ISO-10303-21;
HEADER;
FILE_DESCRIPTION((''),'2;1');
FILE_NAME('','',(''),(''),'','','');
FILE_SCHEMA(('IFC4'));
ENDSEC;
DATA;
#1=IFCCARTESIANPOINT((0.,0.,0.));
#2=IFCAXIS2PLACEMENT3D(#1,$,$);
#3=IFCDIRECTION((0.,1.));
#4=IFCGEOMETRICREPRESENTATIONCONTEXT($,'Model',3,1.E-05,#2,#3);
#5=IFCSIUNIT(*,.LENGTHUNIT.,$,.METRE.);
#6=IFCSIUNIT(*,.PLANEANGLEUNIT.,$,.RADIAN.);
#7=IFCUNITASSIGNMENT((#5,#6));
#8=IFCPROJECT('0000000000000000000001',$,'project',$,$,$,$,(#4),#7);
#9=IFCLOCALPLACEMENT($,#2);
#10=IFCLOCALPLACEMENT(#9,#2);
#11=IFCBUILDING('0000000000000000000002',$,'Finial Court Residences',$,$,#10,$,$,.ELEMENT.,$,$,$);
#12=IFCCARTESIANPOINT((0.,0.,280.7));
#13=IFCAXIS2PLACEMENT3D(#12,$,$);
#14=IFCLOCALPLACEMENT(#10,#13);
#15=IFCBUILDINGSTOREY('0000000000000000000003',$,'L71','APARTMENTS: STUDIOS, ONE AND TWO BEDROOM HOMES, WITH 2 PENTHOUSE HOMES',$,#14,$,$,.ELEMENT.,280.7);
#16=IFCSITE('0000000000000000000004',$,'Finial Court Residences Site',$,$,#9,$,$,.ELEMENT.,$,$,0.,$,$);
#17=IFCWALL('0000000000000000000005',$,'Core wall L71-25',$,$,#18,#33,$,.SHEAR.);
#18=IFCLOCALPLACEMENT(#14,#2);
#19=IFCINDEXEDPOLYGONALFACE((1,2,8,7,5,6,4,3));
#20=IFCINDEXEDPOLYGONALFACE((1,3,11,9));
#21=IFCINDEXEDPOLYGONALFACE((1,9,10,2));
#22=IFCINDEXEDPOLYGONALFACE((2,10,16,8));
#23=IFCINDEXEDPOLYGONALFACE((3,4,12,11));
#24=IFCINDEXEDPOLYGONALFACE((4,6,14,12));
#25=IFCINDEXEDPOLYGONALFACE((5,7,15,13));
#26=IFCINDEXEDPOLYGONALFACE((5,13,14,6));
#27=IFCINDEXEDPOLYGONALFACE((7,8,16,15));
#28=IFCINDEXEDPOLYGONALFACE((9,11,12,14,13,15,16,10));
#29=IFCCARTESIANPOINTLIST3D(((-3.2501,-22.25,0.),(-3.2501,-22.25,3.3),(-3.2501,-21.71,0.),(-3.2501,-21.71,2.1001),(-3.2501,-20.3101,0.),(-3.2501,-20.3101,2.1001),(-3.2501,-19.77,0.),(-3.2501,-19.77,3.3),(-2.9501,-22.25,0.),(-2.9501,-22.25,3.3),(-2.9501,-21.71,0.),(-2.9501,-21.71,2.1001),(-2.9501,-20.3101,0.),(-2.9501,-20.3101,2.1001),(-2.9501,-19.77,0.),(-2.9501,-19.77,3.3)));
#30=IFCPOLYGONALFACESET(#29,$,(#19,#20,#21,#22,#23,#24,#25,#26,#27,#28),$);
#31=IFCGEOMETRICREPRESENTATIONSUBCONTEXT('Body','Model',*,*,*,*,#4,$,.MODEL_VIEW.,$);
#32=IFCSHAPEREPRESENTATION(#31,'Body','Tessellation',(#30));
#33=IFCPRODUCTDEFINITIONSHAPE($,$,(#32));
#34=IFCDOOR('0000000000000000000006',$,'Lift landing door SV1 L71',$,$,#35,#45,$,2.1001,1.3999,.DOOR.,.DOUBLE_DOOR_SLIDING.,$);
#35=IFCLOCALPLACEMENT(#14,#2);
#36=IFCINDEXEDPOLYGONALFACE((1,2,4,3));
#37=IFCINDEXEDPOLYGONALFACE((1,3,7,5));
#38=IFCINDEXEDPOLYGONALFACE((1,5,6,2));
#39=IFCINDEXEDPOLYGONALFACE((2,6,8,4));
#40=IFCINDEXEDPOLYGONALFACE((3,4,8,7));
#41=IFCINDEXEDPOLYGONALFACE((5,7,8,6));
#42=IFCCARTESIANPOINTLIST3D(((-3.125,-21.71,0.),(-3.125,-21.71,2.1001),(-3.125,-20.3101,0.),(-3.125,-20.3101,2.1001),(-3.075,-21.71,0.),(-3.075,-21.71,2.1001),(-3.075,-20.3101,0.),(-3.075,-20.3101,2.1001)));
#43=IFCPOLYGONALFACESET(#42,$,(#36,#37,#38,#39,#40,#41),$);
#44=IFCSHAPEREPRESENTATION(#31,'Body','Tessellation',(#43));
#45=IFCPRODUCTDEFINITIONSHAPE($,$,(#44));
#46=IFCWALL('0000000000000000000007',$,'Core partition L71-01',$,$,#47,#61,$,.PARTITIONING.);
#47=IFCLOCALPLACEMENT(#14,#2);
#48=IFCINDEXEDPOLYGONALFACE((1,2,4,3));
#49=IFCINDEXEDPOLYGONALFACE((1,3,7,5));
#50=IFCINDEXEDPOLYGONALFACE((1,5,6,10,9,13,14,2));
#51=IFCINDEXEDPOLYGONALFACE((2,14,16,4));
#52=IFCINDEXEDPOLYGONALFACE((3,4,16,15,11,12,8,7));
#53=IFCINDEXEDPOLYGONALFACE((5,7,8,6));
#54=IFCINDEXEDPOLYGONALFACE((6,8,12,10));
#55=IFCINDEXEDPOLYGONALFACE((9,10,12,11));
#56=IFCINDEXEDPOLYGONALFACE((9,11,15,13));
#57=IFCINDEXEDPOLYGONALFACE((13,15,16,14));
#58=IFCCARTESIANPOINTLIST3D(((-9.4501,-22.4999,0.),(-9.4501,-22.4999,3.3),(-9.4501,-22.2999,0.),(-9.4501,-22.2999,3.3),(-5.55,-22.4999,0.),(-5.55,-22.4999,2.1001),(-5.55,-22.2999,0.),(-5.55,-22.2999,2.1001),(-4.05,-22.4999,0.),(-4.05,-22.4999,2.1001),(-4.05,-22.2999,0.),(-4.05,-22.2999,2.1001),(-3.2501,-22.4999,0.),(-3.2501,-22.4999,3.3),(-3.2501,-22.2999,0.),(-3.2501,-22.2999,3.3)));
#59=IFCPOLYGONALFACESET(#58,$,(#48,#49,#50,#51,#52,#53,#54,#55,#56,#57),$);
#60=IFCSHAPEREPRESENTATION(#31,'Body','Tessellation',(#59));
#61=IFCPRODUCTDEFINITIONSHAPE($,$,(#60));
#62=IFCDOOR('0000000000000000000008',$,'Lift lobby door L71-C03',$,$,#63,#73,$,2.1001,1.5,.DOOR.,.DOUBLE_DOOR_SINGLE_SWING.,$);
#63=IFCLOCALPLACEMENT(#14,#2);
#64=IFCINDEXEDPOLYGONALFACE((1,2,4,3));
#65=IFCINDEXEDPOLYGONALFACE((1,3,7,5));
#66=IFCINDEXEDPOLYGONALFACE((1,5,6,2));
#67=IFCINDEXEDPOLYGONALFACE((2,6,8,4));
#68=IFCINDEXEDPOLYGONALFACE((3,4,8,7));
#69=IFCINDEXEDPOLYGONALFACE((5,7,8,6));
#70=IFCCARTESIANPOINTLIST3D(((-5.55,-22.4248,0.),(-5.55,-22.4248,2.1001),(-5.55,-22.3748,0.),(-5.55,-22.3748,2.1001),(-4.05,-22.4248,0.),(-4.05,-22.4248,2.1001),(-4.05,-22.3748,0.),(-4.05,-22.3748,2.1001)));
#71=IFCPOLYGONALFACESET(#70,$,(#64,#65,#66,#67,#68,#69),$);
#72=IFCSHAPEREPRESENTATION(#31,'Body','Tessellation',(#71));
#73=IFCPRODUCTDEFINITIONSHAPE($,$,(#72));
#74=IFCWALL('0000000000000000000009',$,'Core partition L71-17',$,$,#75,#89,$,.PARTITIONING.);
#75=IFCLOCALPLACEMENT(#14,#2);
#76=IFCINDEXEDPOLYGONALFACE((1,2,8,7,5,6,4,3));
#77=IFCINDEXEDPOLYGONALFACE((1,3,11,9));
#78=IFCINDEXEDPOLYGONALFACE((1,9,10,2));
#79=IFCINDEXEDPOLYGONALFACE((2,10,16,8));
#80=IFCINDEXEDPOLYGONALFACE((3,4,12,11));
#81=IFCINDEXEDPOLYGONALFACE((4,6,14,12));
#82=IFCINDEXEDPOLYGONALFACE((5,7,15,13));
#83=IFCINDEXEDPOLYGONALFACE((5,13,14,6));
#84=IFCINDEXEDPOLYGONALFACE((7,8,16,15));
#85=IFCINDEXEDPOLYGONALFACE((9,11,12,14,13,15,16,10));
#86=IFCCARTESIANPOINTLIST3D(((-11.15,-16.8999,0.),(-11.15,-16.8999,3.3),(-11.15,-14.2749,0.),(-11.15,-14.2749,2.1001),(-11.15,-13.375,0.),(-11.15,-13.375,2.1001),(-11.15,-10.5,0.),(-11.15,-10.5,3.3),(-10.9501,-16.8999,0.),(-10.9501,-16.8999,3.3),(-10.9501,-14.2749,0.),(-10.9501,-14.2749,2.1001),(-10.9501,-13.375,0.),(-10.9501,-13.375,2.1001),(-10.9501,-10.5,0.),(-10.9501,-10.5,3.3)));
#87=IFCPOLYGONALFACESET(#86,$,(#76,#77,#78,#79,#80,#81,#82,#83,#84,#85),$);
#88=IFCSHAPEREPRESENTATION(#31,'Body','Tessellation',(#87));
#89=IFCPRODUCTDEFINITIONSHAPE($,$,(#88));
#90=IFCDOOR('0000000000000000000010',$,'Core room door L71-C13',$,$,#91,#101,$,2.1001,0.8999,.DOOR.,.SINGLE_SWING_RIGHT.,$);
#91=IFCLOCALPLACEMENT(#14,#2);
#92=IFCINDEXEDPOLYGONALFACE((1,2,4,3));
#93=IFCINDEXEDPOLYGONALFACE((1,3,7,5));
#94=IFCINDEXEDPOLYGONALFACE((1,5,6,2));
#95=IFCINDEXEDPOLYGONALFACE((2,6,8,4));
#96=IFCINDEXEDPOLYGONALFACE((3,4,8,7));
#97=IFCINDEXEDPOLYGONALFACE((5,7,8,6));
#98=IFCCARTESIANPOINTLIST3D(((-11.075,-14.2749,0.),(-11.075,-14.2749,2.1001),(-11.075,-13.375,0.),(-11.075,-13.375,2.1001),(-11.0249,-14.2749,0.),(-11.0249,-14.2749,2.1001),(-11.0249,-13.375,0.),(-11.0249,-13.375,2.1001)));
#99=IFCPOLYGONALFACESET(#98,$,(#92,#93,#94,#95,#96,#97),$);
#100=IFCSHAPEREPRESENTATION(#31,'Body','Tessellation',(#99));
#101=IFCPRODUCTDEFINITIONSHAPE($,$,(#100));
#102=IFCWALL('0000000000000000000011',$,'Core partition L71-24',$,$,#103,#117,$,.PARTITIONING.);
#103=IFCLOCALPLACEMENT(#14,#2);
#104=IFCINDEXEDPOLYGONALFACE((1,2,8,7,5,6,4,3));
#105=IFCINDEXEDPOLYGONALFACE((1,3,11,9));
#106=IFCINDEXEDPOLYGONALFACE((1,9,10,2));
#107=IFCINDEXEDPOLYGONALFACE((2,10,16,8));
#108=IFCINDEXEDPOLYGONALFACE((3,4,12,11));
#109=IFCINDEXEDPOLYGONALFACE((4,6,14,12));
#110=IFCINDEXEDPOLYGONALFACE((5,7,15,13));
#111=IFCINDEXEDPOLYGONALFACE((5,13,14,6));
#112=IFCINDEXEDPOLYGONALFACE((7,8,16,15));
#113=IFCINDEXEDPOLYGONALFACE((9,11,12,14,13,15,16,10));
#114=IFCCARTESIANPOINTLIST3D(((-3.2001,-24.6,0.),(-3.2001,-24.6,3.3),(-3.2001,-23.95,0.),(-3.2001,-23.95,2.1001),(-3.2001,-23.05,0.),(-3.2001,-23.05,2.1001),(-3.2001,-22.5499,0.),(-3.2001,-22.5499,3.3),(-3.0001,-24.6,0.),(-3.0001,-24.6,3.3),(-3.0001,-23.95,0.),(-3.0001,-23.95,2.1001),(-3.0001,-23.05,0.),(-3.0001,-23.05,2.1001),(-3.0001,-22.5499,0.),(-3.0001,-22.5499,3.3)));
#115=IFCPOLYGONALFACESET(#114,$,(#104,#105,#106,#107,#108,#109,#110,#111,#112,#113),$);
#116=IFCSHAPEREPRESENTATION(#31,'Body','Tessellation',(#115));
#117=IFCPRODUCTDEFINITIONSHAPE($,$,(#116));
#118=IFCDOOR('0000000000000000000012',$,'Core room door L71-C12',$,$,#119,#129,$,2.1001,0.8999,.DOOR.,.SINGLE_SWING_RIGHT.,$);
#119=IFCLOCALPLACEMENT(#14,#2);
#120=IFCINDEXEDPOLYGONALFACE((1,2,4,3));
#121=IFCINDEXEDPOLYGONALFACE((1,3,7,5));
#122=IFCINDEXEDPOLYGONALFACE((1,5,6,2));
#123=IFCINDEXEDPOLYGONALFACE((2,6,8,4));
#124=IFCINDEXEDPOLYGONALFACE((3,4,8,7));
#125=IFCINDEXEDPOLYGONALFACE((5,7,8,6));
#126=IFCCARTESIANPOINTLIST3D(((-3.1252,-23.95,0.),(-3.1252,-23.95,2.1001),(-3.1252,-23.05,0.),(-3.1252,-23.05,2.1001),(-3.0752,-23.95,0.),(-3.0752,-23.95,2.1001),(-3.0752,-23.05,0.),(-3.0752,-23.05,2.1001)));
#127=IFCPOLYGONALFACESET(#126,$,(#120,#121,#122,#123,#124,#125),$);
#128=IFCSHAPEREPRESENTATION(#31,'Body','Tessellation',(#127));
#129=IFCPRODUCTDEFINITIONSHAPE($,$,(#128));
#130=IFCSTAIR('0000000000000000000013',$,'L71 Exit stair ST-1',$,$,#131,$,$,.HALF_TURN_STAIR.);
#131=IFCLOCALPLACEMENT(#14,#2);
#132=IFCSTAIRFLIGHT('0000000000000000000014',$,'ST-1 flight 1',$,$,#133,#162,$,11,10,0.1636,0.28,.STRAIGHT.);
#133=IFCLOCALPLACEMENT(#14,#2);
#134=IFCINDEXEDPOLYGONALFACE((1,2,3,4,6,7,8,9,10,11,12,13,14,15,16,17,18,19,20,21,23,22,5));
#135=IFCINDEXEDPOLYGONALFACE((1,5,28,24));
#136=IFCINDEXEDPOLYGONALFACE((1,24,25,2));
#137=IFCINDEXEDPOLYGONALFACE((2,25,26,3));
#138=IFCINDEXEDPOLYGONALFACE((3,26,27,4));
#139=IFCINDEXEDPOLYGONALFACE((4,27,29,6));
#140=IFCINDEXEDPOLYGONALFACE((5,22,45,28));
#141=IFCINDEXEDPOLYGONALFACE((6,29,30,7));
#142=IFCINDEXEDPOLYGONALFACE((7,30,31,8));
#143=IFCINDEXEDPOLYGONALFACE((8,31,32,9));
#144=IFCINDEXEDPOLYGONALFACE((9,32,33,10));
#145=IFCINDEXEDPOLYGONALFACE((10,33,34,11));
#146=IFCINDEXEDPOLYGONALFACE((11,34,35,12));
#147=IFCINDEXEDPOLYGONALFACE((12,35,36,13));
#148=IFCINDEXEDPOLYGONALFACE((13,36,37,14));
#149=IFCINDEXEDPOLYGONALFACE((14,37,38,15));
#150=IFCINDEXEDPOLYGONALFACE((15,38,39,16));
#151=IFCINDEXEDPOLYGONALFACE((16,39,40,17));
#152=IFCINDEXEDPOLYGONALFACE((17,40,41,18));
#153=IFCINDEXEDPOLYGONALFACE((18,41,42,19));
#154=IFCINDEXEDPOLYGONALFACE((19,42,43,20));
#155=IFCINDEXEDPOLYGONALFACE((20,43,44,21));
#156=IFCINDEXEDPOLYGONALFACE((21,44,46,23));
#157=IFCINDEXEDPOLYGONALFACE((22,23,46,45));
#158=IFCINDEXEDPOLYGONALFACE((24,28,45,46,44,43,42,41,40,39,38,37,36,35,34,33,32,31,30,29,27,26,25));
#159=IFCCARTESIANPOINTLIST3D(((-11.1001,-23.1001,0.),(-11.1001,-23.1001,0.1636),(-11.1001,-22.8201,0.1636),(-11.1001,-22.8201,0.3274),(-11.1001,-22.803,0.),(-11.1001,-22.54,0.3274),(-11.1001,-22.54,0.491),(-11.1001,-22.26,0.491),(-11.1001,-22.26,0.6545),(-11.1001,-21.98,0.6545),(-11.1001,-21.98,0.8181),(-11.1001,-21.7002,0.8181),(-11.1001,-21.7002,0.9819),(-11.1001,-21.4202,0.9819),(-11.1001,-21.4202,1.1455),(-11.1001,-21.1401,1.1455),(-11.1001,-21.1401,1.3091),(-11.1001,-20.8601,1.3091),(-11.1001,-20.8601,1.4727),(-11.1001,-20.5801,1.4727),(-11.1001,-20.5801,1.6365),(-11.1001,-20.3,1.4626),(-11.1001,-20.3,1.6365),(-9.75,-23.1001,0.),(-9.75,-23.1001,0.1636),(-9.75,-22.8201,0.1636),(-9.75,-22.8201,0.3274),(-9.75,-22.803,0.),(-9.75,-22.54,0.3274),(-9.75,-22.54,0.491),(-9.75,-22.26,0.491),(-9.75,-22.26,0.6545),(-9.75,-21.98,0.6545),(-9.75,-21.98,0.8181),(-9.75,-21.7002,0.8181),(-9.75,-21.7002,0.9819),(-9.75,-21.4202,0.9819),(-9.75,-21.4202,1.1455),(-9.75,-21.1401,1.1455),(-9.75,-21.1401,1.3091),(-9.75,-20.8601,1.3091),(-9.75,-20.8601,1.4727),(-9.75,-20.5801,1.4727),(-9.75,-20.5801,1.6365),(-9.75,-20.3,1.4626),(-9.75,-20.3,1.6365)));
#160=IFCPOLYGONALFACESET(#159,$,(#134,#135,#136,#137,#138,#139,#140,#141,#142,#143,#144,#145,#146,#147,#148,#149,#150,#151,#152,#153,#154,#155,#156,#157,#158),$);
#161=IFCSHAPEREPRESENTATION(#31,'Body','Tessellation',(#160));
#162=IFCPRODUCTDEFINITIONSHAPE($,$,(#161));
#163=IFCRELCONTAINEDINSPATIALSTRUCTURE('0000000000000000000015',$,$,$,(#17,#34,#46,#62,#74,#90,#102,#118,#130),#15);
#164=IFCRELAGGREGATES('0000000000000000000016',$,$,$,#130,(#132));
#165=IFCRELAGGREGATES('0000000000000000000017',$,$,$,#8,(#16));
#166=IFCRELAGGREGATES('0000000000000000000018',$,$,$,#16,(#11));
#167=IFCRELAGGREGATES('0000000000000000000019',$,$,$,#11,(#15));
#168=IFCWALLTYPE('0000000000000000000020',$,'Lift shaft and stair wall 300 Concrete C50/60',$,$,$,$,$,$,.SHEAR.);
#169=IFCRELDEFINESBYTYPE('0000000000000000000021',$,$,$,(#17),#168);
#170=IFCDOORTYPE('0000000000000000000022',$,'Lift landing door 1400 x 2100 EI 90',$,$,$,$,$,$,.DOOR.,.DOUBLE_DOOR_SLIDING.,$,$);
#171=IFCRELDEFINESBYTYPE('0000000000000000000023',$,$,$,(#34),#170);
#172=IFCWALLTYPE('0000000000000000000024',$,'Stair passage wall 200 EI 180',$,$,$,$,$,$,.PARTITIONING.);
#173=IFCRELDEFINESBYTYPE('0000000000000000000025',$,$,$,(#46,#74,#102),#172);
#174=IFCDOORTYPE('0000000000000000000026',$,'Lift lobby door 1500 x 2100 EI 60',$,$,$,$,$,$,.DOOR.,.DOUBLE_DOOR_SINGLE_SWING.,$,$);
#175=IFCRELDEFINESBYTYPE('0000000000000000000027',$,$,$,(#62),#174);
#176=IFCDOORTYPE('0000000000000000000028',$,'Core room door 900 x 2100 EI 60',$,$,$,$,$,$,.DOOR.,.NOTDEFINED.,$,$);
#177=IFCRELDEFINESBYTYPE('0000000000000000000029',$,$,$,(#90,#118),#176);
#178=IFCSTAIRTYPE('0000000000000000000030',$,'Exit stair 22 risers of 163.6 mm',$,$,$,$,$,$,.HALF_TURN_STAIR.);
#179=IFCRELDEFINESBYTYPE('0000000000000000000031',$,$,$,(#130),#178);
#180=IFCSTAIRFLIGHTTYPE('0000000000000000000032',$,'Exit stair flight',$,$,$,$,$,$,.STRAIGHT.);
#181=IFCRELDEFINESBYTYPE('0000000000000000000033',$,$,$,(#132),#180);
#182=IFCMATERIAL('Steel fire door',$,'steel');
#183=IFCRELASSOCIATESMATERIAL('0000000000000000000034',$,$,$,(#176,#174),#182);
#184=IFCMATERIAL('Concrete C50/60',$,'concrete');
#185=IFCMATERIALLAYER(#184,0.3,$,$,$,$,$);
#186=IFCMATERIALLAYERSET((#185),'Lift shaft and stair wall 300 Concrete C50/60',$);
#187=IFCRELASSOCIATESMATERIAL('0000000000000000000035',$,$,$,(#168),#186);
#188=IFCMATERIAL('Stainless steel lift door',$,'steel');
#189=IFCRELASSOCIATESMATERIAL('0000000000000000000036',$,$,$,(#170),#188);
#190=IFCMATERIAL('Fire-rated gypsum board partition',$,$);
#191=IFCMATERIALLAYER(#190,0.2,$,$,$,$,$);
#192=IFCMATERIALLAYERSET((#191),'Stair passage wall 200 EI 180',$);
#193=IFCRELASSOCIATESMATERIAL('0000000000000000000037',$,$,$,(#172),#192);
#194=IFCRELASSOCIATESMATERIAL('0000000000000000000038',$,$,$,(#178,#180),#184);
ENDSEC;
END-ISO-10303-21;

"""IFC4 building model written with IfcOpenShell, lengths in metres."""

from ifc_helpers import new_model, si_unit, direction, frame, frame_2d, origin, place, context, subcontext, project, spatial, polyline, rectangle, outline, extrude, material, layer, layer_set, type_object, element, fill, aggregate, save


model = new_model("IFC4")

# Units and contexts
model_context = context("Model", 3, precision=1e-05, world=origin(), true_north=direction((0.0, 1.0)))
body_context = subcontext(model_context, "Body", "Model", "MODEL_VIEW")
ifc_project = project(units=[si_unit("LENGTHUNIT", "METRE"), si_unit("PLANEANGLEUNIT", "RADIAN")], contexts=[model_context])

# Site, building, storey
site_placement = place(None, origin())
site = spatial("IfcSite", under=ifc_project, at=site_placement, Name="Finial Court Residences Site", CompositionType="ELEMENT", RefElevation=0.0)
building_placement = place(site_placement, origin())
building = spatial("IfcBuilding", under=site, at=building_placement, Name="Finial Court Residences", CompositionType="ELEMENT")
storey_placement = place(building_placement, frame((0.0, 0.0, 280.7)))
storey = spatial("IfcBuildingStorey", under=building, at=storey_placement, Name="L71", Description="APARTMENTS: STUDIOS, ONE AND TWO BEDROOM HOMES, WITH 2 PENTHOUSE HOMES", CompositionType="ELEMENT", Elevation=280.7)

# Shared definitions
ifc_material_1 = material(Name="Concrete C50/60", Category="concrete")

# Shared definitions
ifc_material_2 = material(Name="Fire-rated gypsum board partition")
ifc_material_3 = material(Name="Steel fire door", Category="steel")
door_type_1 = type_object("IfcDoorType", Name="Core room door 900 x 2100 EI 60", OperationType="NOTDEFINED", PredefinedType="DOOR", material=ifc_material_3)

# Shared definitions
ifc_layer_1 = layer(ifc_material_1, 0.3)
ifc_layer_set_1 = layer_set([ifc_layer_1], Name="Lift shaft and stair wall 300 Concrete C50/60")
wall_type_1 = type_object("IfcWallType", Name="Lift shaft and stair wall 300 Concrete C50/60", PredefinedType="SHEAR", material=ifc_layer_set_1)

# Walls, openings, doors
wall_1_placement = place(storey_placement, frame((-3.1001, -22.25, 0.0), z_axis=(0.0, 0.0, 1.0), x_axis=(0.0, 1.0, 0.0)))
wall_1 = element("IfcWall", 1, at=wall_1_placement, inside=storey, type_object=wall_type_1, Name="Core wall L71-25", PredefinedType="SHEAR", context=body_context, shape_type="SweptSolid", body=[
    extrude(rectangle(XDim=2.48, YDim=0.3, at=frame_2d((1.24, 0.0))), origin(), (0.0, 0.0, 1.0), 3.3),
])
opening_1_placement = place(wall_1_placement, frame((0.54, 0.0, 0.0)))
opening_1 = element("IfcOpeningElement", 2, at=opening_1_placement, cuts=wall_1, PredefinedType="OPENING", context=body_context, shape_type="SweptSolid", body=[
    extrude(rectangle(XDim=1.3999, YDim=2.1001, at=frame_2d((0.7, 1.05))), frame((0.0, 0.1599, 0.0), z_axis=(0.0, -1.0, 0.0), x_axis=(1.0, 0.0, 0.0)), (0.0, 0.0, 1.0), 0.3201),
])
ifc_material_4 = material(Name="Stainless steel lift door", Category="steel")
door_type_2 = type_object("IfcDoorType", Name="Lift landing door 1400 x 2100 EI 90", OperationType="DOUBLE_DOOR_SLIDING", PredefinedType="DOOR", material=ifc_material_4)
door_1_placement = place(opening_1_placement, origin())
door_1 = element("IfcDoor", 3, at=door_1_placement, inside=storey, type_object=door_type_2, Name="Lift landing door SV1 L71", OperationType="DOUBLE_DOOR_SLIDING", OverallHeight=2.1001, OverallWidth=1.3999, PredefinedType="DOOR", context=body_context, shape_type="SweptSolid", body=[
    extrude(rectangle(XDim=1.3999, YDim=2.1001, at=frame_2d((0.7, 1.05))), frame((0.0, 0.0249, 0.0), z_axis=(0.0, -1.0, 0.0), x_axis=(1.0, 0.0, 0.0)), (0.0, 0.0, 1.0), 0.05),
])
fill(opening_1, door_1)
ifc_layer_2 = layer(ifc_material_2, 0.2)
ifc_layer_set_2 = layer_set([ifc_layer_2], Name="Stair passage wall 200 EI 180")
wall_type_2 = type_object("IfcWallType", Name="Stair passage wall 200 EI 180", PredefinedType="PARTITIONING", material=ifc_layer_set_2)
wall_2_placement = place(storey_placement, frame((-3.25, -22.3999, 0.0), z_axis=(0.0, 0.0, 1.0), x_axis=(-1.0, 0.0, 0.0)))
wall_2 = element("IfcWall", 4, at=wall_2_placement, inside=storey, type_object=wall_type_2, Name="Core partition L71-01", PredefinedType="PARTITIONING", context=body_context, shape_type="SweptSolid", body=[
    extrude(rectangle(XDim=6.2, YDim=0.2, at=frame_2d((3.1001, 0.0))), origin(), (0.0, 0.0, 1.0), 3.3),
])
opening_2_placement = place(wall_2_placement, frame((0.8, 0.0, 0.0)))
opening_2 = element("IfcOpeningElement", 5, at=opening_2_placement, cuts=wall_2, PredefinedType="OPENING", context=body_context, shape_type="SweptSolid", body=[
    extrude(rectangle(XDim=1.5, YDim=2.1001, at=frame_2d((0.75, 1.05))), frame((0.0, 0.1099, 0.0), z_axis=(0.0, -1.0, 0.0), x_axis=(1.0, 0.0, 0.0)), (0.0, 0.0, 1.0), 0.22),
])
door_type_3 = type_object("IfcDoorType", Name="Lift lobby door 1500 x 2100 EI 60", OperationType="DOUBLE_DOOR_SINGLE_SWING", PredefinedType="DOOR", material=ifc_material_3)
door_2_placement = place(opening_2_placement, origin())
door_2 = element("IfcDoor", 6, at=door_2_placement, inside=storey, type_object=door_type_3, Name="Lift lobby door L71-C03", OperationType="DOUBLE_DOOR_SINGLE_SWING", OverallHeight=2.1001, OverallWidth=1.5, PredefinedType="DOOR", context=body_context, shape_type="SweptSolid", body=[
    extrude(rectangle(XDim=1.5, YDim=2.1001, at=frame_2d((0.75, 1.05))), frame((0.0, 0.0249, 0.0), z_axis=(0.0, -1.0, 0.0), x_axis=(1.0, 0.0, 0.0)), (0.0, 0.0, 1.0), 0.05),
])
fill(opening_2, door_2)
wall_3_placement = place(storey_placement, frame((-11.05, -16.8999, 0.0), z_axis=(0.0, 0.0, 1.0), x_axis=(0.0, 1.0, 0.0)))
wall_3 = element("IfcWall", 7, at=wall_3_placement, inside=storey, type_object=wall_type_2, Name="Core partition L71-17", PredefinedType="PARTITIONING", context=body_context, shape_type="SweptSolid", body=[
    extrude(rectangle(XDim=6.3999, YDim=0.2, at=frame_2d((3.2, 0.0))), origin(), (0.0, 0.0, 1.0), 3.3),
])
opening_3_placement = place(wall_3_placement, frame((2.625, 0.0, 0.0)))
opening_3 = element("IfcOpeningElement", 8, at=opening_3_placement, cuts=wall_3, PredefinedType="OPENING", context=body_context, shape_type="SweptSolid", body=[
    extrude(rectangle(XDim=0.8999, YDim=2.1001, at=frame_2d((0.45, 1.05))), frame((0.0, 0.1099, 0.0), z_axis=(0.0, -1.0, 0.0), x_axis=(1.0, 0.0, 0.0)), (0.0, 0.0, 1.0), 0.22),
])
door_3_placement = place(opening_3_placement, origin())
door_3 = element("IfcDoor", 9, at=door_3_placement, inside=storey, type_object=door_type_1, Name="Core room door L71-C13", OperationType="SINGLE_SWING_RIGHT", OverallHeight=2.1001, OverallWidth=0.8999, PredefinedType="DOOR", context=body_context, shape_type="SweptSolid", body=[
    extrude(rectangle(XDim=0.8999, YDim=2.1001, at=frame_2d((0.45, 1.05))), frame((0.0, 0.0249, 0.0), z_axis=(0.0, -1.0, 0.0), x_axis=(1.0, 0.0, 0.0)), (0.0, 0.0, 1.0), 0.05),
])
fill(opening_3, door_3)
wall_4_placement = place(storey_placement, frame((-3.1001, -22.55, 0.0), z_axis=(0.0, 0.0, 1.0), x_axis=(0.0, -1.0, 0.0)))
wall_4 = element("IfcWall", 10, at=wall_4_placement, inside=storey, type_object=wall_type_2, Name="Core partition L71-24", PredefinedType="PARTITIONING", context=body_context, shape_type="SweptSolid", body=[
    extrude(rectangle(XDim=2.05, YDim=0.2, at=frame_2d((1.0249, 0.0))), origin(), (0.0, 0.0, 1.0), 3.3),
])
opening_4_placement = place(wall_4_placement, frame((0.5, 0.0, 0.0)))
opening_4 = element("IfcOpeningElement", 11, at=opening_4_placement, cuts=wall_4, PredefinedType="OPENING", context=body_context, shape_type="SweptSolid", body=[
    extrude(rectangle(XDim=0.8999, YDim=2.1001, at=frame_2d((0.45, 1.05))), frame((0.0, 0.1099, 0.0), z_axis=(0.0, -1.0, 0.0), x_axis=(1.0, 0.0, 0.0)), (0.0, 0.0, 1.0), 0.22),
])
door_4_placement = place(opening_4_placement, origin())
door_4 = element("IfcDoor", 12, at=door_4_placement, inside=storey, type_object=door_type_1, Name="Core room door L71-C12", OperationType="SINGLE_SWING_RIGHT", OverallHeight=2.1001, OverallWidth=0.8999, PredefinedType="DOOR", context=body_context, shape_type="SweptSolid", body=[
    extrude(rectangle(XDim=0.8999, YDim=2.1001, at=frame_2d((0.45, 1.05))), frame((0.0, 0.0249, 0.0), z_axis=(0.0, -1.0, 0.0), x_axis=(1.0, 0.0, 0.0)), (0.0, 0.0, 1.0), 0.05),
])
fill(opening_4, door_4)

# Stair, stair flight
stair_type = type_object("IfcStairType", Name="Exit stair 22 risers of 163.6 mm", PredefinedType="HALF_TURN_STAIR", material=ifc_material_1)
stair_placement = place(storey_placement, origin())
stair = element("IfcStair", 13, at=stair_placement, inside=storey, type_object=stair_type, Name="L71 Exit stair ST-1", PredefinedType="HALF_TURN_STAIR")
stair_flight_type = type_object("IfcStairFlightType", Name="Exit stair flight", PredefinedType="STRAIGHT", material=ifc_material_1)
stair_flight_1_placement = place(storey_placement, frame((-10.425, -23.1001, 0.0), z_axis=(0.0, 0.0, 1.0), x_axis=(0.0, 1.0, 0.0)))
stair_flight_1 = element("IfcStairFlight", 14, at=stair_flight_1_placement, type_object=stair_flight_type, Name="ST-1 flight 1", NumberOfRisers=11, NumberOfTreads=10, PredefinedType="STRAIGHT", RiserHeight=0.1636, TreadLength=0.28, context=body_context, shape_type="SweptSolid", body=[
    extrude(outline(polyline([(0.0, 0.0), (0.0, 0.1636), (0.28, 0.1636), (0.28, 0.3274), (0.5601, 0.3274), (0.5601, 0.491), (0.8401, 0.491), (0.8401, 0.6545), (1.1201, 0.6545), (1.1201, 0.8181), (1.3999, 0.8181), (1.3999, 0.9819), (1.6799, 0.9819), (1.6799, 1.1455), (1.96, 1.1455), (1.96, 1.3091), (2.24, 1.3091), (2.24, 1.4727), (2.52, 1.4727), (2.52, 1.6365), (2.8, 1.6365), (2.8, 1.8), (2.8, 1.4626), (0.2971, 0.0), (0.0, 0.0)])), frame((0.0, 0.675, 0.0), z_axis=(0.0, -1.0, 0.0), x_axis=(1.0, 0.0, 0.0)), (0.0, 0.0, 1.0), 1.3501),
])
aggregate(stair, [stair_flight_1])

save(model, "model.ifc")
